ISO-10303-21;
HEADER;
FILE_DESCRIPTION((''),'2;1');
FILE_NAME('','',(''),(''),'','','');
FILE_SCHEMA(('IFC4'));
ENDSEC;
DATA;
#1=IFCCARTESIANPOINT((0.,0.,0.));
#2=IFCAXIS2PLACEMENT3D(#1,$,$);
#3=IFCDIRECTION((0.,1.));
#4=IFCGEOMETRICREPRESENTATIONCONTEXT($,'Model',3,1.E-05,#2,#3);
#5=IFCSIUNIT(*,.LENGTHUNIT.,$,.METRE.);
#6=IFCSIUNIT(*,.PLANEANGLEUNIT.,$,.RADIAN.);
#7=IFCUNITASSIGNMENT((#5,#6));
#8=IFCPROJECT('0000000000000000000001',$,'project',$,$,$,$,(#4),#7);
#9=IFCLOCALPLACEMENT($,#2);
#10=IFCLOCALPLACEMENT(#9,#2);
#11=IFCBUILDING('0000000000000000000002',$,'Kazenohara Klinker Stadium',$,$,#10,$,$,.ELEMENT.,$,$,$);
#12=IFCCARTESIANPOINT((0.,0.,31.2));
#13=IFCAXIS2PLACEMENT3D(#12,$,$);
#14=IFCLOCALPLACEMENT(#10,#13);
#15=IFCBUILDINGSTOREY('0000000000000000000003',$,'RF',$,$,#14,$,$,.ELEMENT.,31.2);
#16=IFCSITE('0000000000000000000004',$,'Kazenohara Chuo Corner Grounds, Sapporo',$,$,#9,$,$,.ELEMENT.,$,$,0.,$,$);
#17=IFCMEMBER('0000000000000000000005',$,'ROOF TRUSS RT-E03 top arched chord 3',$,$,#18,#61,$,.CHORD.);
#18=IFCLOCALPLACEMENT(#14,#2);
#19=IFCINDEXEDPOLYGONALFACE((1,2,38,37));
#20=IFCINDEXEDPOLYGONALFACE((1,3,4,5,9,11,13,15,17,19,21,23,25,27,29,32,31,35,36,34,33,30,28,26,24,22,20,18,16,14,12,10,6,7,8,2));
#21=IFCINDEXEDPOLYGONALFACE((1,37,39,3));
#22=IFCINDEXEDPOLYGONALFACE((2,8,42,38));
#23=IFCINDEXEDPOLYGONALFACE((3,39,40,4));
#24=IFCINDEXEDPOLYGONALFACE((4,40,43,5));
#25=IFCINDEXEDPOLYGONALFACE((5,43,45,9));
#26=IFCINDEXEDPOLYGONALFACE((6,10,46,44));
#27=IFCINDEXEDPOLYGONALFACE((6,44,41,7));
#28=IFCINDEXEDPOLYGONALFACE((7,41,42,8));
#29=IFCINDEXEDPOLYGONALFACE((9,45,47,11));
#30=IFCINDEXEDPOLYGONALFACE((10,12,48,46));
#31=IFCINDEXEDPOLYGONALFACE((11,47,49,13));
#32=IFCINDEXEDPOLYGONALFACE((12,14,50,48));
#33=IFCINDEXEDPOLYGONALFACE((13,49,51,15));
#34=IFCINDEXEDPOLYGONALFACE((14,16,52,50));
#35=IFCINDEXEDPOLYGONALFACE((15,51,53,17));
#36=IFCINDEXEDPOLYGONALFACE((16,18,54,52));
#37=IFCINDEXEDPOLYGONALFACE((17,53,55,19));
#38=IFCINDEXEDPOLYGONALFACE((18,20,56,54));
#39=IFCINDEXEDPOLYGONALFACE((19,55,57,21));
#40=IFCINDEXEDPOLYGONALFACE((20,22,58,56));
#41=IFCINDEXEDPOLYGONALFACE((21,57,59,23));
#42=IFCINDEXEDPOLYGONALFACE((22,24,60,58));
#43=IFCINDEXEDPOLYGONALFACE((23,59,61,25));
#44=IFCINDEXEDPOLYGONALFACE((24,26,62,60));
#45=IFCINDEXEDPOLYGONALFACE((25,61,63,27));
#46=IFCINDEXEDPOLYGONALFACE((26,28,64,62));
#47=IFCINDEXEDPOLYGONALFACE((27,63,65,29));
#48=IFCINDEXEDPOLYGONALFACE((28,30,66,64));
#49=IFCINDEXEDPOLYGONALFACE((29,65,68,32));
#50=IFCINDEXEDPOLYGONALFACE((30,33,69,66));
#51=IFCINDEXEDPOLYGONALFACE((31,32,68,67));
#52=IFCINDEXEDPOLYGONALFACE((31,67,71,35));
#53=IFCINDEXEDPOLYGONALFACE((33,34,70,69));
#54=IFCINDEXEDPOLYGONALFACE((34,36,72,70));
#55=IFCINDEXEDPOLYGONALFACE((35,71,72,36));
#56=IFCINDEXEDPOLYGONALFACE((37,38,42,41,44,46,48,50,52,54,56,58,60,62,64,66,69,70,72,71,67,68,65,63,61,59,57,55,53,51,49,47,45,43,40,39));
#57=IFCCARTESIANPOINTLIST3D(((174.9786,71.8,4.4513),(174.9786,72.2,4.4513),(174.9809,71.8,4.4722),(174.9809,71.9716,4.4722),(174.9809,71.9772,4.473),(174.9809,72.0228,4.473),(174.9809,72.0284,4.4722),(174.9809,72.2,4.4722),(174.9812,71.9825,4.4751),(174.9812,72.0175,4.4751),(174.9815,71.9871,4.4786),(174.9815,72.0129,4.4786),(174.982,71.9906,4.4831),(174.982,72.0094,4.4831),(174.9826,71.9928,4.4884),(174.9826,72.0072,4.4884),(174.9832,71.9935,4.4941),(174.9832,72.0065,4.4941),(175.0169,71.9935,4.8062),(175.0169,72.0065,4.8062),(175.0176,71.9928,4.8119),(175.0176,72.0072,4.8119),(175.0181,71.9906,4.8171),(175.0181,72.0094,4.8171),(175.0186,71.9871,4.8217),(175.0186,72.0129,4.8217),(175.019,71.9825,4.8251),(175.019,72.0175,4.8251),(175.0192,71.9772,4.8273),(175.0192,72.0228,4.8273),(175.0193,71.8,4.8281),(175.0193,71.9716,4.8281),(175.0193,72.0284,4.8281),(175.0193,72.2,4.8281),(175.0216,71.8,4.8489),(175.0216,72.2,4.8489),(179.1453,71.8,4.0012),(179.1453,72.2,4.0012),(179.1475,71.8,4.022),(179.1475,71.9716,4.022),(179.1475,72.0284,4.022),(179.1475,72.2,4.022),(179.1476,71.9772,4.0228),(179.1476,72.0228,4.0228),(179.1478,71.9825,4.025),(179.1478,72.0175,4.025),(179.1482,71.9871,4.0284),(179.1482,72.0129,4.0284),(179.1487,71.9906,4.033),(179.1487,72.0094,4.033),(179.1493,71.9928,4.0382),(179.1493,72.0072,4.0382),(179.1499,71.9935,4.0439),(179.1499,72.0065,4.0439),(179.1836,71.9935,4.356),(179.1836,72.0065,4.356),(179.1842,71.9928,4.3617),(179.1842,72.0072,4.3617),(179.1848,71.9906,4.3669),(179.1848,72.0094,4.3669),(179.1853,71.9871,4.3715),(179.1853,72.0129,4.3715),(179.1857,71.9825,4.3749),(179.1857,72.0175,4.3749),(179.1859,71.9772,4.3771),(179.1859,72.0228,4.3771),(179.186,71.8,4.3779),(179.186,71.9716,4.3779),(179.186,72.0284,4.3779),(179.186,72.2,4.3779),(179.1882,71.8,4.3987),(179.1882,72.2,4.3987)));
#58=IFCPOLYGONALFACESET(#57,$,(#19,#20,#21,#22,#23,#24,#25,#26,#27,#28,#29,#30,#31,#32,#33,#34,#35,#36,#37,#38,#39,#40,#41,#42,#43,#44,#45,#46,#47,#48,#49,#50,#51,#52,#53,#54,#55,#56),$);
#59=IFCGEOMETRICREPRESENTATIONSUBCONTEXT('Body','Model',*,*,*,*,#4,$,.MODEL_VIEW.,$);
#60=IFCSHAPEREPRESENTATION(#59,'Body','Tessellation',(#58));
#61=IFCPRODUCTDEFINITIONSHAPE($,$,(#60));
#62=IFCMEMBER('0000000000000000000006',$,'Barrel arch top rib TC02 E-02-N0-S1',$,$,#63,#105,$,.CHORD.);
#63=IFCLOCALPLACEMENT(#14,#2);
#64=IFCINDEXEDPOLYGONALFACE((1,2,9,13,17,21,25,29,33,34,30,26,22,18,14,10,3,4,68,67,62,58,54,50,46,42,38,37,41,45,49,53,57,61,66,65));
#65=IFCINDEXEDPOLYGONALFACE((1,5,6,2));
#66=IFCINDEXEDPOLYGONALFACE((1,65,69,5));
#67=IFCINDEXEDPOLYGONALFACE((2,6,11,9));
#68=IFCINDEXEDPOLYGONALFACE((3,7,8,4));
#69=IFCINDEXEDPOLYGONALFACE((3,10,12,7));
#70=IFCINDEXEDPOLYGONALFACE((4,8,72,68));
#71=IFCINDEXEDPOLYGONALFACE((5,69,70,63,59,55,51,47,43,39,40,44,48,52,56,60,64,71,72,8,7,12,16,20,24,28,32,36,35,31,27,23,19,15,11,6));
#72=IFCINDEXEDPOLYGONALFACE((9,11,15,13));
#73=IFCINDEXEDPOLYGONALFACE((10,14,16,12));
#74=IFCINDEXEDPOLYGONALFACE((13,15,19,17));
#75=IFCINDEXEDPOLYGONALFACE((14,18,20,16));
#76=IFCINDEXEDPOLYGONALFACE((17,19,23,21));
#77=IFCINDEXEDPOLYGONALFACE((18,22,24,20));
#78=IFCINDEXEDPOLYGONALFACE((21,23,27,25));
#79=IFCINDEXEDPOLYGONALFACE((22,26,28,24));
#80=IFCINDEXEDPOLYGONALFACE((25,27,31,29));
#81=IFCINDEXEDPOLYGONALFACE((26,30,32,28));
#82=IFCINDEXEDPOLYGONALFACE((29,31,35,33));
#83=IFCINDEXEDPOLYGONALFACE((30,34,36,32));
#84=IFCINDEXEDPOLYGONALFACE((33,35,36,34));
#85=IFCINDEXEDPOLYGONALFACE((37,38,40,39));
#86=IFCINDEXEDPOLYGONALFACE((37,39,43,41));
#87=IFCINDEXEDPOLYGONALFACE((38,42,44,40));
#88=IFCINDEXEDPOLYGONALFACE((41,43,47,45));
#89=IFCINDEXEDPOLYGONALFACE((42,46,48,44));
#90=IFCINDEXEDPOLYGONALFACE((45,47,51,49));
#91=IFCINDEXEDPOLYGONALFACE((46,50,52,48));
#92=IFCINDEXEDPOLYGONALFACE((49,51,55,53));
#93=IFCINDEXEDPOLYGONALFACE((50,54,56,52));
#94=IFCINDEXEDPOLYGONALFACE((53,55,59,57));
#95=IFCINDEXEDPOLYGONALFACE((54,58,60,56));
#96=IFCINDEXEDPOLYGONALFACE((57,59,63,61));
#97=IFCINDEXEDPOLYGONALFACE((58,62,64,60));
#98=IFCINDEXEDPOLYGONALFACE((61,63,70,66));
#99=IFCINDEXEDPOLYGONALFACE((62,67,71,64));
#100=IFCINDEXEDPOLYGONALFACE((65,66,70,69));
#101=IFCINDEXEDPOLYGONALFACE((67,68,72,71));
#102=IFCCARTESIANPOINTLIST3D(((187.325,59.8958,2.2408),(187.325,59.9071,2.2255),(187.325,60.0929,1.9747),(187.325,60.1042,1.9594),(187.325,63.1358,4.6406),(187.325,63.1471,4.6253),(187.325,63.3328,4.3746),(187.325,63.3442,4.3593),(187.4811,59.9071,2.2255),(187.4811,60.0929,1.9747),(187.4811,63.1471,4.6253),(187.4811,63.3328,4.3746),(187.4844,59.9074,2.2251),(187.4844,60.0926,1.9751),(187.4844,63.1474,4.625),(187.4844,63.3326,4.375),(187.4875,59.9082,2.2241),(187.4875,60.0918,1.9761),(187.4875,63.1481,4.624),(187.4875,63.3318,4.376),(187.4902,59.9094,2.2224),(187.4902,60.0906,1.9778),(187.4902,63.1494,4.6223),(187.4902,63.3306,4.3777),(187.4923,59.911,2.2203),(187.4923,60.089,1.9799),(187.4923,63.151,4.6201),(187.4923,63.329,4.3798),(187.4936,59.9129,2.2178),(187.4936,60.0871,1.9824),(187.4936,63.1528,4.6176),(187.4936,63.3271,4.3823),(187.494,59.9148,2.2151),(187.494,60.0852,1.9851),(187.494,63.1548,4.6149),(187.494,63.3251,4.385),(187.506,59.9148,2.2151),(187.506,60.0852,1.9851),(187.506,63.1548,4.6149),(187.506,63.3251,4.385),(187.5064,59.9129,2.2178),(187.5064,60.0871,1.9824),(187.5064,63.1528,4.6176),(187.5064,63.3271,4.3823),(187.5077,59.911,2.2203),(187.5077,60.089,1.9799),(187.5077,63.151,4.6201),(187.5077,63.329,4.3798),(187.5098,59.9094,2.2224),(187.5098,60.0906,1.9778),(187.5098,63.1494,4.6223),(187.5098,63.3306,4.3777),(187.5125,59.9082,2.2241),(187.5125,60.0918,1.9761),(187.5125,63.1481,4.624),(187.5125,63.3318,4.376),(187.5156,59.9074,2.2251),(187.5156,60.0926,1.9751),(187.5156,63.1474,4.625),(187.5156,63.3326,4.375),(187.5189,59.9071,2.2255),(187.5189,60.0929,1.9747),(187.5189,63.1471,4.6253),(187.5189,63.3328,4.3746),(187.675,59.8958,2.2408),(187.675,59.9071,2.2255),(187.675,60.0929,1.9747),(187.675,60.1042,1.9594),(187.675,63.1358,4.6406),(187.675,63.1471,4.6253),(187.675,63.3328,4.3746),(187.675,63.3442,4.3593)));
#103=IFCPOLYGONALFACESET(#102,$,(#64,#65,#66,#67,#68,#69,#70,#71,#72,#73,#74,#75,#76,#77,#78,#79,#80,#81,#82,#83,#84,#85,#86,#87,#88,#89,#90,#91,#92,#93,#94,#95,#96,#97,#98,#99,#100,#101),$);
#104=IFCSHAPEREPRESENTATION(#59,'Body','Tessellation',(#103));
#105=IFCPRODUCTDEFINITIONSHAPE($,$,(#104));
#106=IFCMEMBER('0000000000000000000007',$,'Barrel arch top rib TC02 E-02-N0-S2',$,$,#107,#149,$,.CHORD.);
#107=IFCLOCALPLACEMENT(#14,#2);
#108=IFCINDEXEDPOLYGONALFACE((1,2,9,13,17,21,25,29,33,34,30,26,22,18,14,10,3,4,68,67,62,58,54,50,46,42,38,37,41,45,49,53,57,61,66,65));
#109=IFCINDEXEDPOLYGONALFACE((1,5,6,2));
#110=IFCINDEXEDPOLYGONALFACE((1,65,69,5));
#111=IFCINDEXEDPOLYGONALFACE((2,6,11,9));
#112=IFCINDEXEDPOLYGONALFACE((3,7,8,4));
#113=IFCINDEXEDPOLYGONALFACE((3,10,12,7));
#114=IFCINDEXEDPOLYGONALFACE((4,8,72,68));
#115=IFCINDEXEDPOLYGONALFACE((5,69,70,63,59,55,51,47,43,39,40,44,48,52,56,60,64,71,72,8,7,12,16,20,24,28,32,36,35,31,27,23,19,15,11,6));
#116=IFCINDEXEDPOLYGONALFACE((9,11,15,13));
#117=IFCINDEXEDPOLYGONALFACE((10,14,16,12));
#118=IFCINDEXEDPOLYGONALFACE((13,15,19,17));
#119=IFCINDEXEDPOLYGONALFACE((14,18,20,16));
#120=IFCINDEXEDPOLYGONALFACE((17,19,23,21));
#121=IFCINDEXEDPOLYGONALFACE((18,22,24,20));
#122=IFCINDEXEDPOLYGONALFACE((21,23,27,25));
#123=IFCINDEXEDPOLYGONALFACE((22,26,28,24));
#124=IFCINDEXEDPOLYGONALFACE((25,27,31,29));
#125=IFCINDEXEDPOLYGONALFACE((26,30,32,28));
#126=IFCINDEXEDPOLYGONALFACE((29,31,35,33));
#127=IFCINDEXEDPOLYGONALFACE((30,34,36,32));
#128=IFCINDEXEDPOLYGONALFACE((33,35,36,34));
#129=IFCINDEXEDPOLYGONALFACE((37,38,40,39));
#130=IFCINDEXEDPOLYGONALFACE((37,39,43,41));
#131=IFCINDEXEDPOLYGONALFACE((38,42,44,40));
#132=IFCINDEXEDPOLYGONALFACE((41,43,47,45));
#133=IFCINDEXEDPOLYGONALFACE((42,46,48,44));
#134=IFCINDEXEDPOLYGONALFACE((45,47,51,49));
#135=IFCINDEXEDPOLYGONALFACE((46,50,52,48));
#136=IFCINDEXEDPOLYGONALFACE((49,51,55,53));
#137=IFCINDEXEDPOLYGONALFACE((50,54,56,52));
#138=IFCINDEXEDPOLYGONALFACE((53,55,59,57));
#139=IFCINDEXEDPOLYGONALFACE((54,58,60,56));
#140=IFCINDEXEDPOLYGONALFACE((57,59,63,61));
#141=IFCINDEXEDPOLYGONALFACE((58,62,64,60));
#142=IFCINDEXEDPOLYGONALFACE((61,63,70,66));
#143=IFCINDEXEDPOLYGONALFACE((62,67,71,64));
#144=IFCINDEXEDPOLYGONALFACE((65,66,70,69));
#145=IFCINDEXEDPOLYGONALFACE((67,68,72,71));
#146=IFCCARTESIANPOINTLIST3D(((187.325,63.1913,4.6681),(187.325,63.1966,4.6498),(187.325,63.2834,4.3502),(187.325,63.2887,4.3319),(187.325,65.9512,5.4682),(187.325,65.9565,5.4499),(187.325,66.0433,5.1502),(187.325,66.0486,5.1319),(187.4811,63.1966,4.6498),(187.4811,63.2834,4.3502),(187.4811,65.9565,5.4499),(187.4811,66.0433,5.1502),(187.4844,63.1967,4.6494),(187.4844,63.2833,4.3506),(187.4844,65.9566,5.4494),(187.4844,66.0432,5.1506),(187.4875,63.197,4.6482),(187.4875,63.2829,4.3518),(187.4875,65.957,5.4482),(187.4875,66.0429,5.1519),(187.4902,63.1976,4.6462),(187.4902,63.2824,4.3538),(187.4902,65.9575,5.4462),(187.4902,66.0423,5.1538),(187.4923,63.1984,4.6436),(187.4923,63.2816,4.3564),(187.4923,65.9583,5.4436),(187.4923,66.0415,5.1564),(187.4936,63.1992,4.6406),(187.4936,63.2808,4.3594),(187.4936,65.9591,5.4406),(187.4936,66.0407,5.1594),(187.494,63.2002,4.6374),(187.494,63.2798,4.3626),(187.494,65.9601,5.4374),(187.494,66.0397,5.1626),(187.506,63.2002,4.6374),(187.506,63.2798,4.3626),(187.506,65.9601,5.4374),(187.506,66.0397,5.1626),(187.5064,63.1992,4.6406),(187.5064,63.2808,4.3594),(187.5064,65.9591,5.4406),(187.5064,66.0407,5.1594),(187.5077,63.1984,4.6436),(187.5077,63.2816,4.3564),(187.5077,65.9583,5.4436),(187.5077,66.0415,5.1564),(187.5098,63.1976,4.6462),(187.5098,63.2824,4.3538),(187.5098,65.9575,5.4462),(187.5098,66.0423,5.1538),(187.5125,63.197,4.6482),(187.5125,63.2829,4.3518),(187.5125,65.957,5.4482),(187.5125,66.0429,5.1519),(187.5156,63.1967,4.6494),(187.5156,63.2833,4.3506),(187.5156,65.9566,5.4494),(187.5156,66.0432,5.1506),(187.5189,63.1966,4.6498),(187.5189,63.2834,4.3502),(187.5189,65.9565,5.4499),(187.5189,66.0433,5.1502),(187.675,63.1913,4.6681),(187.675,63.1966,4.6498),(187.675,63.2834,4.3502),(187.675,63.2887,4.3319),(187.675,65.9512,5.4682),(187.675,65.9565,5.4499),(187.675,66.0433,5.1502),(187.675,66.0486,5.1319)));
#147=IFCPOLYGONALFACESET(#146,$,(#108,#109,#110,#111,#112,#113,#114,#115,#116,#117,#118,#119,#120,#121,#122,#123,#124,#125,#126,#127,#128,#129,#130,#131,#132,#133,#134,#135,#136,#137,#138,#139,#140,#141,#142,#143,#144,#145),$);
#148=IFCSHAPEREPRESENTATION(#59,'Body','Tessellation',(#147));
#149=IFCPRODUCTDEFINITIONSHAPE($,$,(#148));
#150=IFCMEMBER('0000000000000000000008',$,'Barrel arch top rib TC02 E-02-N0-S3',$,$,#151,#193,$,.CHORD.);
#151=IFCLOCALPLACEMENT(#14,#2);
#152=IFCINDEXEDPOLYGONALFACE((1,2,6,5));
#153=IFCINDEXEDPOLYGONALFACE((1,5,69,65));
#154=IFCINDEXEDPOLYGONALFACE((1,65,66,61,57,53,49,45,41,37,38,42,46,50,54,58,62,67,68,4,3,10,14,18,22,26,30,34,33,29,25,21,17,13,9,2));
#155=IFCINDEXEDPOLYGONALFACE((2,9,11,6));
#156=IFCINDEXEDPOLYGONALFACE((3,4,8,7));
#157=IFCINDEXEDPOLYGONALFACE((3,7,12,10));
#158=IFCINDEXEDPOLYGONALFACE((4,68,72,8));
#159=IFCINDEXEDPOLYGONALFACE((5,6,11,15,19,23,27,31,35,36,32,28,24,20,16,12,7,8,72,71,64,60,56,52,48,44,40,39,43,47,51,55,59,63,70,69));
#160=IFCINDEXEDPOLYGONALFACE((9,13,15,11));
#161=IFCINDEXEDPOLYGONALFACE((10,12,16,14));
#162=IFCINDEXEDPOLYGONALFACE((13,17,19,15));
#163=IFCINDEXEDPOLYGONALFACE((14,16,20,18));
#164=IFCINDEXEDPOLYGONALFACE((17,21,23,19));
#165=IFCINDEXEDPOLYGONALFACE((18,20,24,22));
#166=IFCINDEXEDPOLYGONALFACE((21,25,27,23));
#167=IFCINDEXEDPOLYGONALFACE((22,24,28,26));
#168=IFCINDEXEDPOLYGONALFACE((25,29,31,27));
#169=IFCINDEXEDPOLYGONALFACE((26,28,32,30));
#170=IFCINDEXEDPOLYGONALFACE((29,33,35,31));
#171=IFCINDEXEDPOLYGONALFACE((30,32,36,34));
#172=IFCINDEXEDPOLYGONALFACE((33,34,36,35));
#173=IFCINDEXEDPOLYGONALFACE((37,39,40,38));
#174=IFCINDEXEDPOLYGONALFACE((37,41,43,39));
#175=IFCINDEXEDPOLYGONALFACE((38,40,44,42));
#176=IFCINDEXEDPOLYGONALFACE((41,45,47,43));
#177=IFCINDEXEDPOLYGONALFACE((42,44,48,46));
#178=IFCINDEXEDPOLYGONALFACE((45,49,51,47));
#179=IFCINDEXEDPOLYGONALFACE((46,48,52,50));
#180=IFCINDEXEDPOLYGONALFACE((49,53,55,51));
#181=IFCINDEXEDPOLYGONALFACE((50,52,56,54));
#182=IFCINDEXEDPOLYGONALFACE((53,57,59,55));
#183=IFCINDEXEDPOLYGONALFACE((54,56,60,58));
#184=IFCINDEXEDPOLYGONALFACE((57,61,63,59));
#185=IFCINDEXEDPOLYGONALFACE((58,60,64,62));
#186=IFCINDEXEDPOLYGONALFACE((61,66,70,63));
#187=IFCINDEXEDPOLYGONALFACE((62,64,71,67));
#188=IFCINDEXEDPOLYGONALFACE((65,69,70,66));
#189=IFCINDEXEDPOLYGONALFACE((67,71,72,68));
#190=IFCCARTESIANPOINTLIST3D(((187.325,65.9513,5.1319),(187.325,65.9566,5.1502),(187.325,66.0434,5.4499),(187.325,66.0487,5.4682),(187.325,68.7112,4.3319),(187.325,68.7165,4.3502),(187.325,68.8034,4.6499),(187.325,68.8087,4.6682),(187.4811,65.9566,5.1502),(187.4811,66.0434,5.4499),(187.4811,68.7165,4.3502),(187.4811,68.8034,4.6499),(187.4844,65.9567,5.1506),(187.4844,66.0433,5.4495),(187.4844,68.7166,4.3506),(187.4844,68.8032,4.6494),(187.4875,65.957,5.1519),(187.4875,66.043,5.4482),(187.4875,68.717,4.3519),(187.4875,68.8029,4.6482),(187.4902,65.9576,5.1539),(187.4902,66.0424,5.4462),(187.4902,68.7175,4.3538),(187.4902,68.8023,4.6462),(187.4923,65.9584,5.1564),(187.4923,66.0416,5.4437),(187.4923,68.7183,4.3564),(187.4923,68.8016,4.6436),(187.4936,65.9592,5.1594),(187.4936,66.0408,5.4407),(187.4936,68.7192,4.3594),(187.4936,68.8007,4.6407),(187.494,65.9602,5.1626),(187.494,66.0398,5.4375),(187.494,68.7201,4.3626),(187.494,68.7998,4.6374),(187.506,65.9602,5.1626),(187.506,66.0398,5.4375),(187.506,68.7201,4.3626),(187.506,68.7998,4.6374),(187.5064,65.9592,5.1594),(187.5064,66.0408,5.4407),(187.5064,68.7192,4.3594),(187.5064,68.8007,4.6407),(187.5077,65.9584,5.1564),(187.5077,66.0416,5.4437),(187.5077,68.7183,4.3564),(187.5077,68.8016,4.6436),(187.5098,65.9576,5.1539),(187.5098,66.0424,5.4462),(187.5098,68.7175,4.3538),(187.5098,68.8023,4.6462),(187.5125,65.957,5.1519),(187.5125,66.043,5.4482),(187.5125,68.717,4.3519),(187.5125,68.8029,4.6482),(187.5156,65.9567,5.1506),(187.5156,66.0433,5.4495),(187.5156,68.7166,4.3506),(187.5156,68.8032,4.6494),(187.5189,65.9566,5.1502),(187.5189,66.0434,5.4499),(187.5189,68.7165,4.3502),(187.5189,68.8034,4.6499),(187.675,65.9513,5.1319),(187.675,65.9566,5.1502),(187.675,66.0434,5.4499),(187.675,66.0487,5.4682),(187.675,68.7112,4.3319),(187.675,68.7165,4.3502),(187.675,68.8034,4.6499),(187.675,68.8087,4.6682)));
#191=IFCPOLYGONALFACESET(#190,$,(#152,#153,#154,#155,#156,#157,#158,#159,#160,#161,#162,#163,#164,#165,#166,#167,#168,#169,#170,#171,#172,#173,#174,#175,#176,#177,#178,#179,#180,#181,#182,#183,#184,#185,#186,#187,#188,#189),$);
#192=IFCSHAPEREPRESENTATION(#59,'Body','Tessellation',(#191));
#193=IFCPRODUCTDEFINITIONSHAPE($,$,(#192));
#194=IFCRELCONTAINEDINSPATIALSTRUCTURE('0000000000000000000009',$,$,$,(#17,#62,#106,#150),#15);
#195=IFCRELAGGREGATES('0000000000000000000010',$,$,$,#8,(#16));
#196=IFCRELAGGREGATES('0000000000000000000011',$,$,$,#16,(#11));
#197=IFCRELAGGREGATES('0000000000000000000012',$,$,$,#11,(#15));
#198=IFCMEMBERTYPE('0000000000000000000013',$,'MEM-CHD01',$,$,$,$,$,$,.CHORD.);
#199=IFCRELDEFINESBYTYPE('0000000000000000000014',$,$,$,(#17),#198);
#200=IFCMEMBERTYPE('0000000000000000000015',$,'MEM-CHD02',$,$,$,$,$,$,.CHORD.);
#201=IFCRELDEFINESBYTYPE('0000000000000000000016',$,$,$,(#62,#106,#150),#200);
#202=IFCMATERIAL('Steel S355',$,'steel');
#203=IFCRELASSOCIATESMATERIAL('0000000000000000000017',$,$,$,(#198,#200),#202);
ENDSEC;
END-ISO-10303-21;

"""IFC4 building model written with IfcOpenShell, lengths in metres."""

from ifc_helpers import new_model, si_unit, direction, frame, origin, origin_2d, place, context, subcontext, project, spatial, i_section, extrude, material, material_profile, profile_set, type_object, element, save


model = new_model("IFC4")

# Units and contexts
model_context = context("Model", 3, precision=1e-05, world=origin(), true_north=direction((0.0, 1.0)))
body_context = subcontext(model_context, "Body", "Model", "MODEL_VIEW")
ifc_project = project(units=[si_unit("LENGTHUNIT", "METRE"), si_unit("PLANEANGLEUNIT", "RADIAN")], contexts=[model_context])

# Site, building, storey
site_placement = place(None, origin())
site = spatial("IfcSite", under=ifc_project, at=site_placement, Name="Kazenohara Chuo Corner Grounds, Sapporo", CompositionType="ELEMENT", RefElevation=0.0)
building_placement = place(site_placement, origin())
building = spatial("IfcBuilding", under=site, at=building_placement, Name="Kazenohara Klinker Stadium", CompositionType="ELEMENT")
storey_placement = place(building_placement, frame((0.0, 0.0, 31.2)))
storey = spatial("IfcBuildingStorey", under=building, at=storey_placement, Name="RF", CompositionType="ELEMENT", Elevation=31.2)

# Members
ifc_material_1 = material(Name="Steel S355", Category="steel")
ifc_material_profile_1 = material_profile(ifc_material_1, i_section(OverallWidth=0.3999, OverallDepth=0.3999, WebThickness=0.0129, FlangeThickness=0.021, FilletRadius=0.022, at=origin_2d()), Name="H-400x400x13x21")
ifc_profile_set_1 = profile_set([ifc_material_profile_1], Name="Steel S355")
member_type_1 = type_object("IfcMemberType", Name="MEM-CHD01", PredefinedType="CHORD", material=ifc_profile_set_1)
member_1_placement = place(storey_placement, frame((179.1667, 72.0, 4.2), z_axis=(-0.994214, 0.0, 0.10742), x_axis=(0.0, -1.0, 0.0)))
element("IfcMember", 1, at=member_1_placement, inside=storey, type_object=member_type_1, Name="ROOF TRUSS RT-E03 top arched chord 3", PredefinedType="CHORD", context=body_context, shape_type="SweptSolid", body=[
    extrude(i_section(OverallWidth=0.3999, OverallDepth=0.3999, WebThickness=0.0129, FlangeThickness=0.021, FilletRadius=0.022, at=origin_2d()), origin(), (0.0, 0.0, 1.0), 4.1909),
])
ifc_material_profile_2 = material_profile(ifc_material_1, i_section(OverallWidth=0.3501, OverallDepth=0.3501, WebThickness=0.012, FlangeThickness=0.019, FilletRadius=0.0129, at=origin_2d()), Name="H-350x350x12x19")
ifc_profile_set_2 = profile_set([ifc_material_profile_2], Name="Steel S355")
member_type_2 = type_object("IfcMemberType", Name="MEM-CHD02", PredefinedType="CHORD", material=ifc_profile_set_2)
member_2_placement = place(storey_placement, frame((187.5, 60.0, 2.1001), z_axis=(0.0, 0.803568, 0.595213), x_axis=(-1.0, 0.0, 0.0)))
element("IfcMember", 2, at=member_2_placement, inside=storey, type_object=member_type_2, Name="Barrel arch top rib TC02 E-02-N0-S1", PredefinedType="CHORD", context=body_context, shape_type="SweptSolid", body=[
    extrude(i_section(OverallWidth=0.3501, OverallDepth=0.3501, WebThickness=0.012, FlangeThickness=0.019, FilletRadius=0.0129, at=origin_2d()), origin(), (0.0, 0.0, 1.0), 4.032),
])
for number, where, z_axis, x_axis, name in (
    (3, (187.5, 63.24, 4.5), (0.0, 0.960462, 0.278411), (-1.0, 0.0, 0.0), "Barrel arch top rib TC02 E-02-N0-S2"),
    (4, (187.5, 66.0, 5.3), (0.0, 0.960462, -0.278411), (-1.0, 0.0, 0.0), "Barrel arch top rib TC02 E-02-N0-S3"),
):
    element("IfcMember", number, at=place(storey_placement, frame(where, z_axis=z_axis, x_axis=x_axis)), inside=storey, type_object=member_type_2, Name=name, PredefinedType="CHORD", context=body_context, shape_type="SweptSolid", body=[
        extrude(i_section(OverallWidth=0.3501, OverallDepth=0.3501, WebThickness=0.012, FlangeThickness=0.019, FilletRadius=0.0129, at=origin_2d()), origin(), (0.0, 0.0, 1.0), 2.8735),
    ])

save(model, "model.ifc")
